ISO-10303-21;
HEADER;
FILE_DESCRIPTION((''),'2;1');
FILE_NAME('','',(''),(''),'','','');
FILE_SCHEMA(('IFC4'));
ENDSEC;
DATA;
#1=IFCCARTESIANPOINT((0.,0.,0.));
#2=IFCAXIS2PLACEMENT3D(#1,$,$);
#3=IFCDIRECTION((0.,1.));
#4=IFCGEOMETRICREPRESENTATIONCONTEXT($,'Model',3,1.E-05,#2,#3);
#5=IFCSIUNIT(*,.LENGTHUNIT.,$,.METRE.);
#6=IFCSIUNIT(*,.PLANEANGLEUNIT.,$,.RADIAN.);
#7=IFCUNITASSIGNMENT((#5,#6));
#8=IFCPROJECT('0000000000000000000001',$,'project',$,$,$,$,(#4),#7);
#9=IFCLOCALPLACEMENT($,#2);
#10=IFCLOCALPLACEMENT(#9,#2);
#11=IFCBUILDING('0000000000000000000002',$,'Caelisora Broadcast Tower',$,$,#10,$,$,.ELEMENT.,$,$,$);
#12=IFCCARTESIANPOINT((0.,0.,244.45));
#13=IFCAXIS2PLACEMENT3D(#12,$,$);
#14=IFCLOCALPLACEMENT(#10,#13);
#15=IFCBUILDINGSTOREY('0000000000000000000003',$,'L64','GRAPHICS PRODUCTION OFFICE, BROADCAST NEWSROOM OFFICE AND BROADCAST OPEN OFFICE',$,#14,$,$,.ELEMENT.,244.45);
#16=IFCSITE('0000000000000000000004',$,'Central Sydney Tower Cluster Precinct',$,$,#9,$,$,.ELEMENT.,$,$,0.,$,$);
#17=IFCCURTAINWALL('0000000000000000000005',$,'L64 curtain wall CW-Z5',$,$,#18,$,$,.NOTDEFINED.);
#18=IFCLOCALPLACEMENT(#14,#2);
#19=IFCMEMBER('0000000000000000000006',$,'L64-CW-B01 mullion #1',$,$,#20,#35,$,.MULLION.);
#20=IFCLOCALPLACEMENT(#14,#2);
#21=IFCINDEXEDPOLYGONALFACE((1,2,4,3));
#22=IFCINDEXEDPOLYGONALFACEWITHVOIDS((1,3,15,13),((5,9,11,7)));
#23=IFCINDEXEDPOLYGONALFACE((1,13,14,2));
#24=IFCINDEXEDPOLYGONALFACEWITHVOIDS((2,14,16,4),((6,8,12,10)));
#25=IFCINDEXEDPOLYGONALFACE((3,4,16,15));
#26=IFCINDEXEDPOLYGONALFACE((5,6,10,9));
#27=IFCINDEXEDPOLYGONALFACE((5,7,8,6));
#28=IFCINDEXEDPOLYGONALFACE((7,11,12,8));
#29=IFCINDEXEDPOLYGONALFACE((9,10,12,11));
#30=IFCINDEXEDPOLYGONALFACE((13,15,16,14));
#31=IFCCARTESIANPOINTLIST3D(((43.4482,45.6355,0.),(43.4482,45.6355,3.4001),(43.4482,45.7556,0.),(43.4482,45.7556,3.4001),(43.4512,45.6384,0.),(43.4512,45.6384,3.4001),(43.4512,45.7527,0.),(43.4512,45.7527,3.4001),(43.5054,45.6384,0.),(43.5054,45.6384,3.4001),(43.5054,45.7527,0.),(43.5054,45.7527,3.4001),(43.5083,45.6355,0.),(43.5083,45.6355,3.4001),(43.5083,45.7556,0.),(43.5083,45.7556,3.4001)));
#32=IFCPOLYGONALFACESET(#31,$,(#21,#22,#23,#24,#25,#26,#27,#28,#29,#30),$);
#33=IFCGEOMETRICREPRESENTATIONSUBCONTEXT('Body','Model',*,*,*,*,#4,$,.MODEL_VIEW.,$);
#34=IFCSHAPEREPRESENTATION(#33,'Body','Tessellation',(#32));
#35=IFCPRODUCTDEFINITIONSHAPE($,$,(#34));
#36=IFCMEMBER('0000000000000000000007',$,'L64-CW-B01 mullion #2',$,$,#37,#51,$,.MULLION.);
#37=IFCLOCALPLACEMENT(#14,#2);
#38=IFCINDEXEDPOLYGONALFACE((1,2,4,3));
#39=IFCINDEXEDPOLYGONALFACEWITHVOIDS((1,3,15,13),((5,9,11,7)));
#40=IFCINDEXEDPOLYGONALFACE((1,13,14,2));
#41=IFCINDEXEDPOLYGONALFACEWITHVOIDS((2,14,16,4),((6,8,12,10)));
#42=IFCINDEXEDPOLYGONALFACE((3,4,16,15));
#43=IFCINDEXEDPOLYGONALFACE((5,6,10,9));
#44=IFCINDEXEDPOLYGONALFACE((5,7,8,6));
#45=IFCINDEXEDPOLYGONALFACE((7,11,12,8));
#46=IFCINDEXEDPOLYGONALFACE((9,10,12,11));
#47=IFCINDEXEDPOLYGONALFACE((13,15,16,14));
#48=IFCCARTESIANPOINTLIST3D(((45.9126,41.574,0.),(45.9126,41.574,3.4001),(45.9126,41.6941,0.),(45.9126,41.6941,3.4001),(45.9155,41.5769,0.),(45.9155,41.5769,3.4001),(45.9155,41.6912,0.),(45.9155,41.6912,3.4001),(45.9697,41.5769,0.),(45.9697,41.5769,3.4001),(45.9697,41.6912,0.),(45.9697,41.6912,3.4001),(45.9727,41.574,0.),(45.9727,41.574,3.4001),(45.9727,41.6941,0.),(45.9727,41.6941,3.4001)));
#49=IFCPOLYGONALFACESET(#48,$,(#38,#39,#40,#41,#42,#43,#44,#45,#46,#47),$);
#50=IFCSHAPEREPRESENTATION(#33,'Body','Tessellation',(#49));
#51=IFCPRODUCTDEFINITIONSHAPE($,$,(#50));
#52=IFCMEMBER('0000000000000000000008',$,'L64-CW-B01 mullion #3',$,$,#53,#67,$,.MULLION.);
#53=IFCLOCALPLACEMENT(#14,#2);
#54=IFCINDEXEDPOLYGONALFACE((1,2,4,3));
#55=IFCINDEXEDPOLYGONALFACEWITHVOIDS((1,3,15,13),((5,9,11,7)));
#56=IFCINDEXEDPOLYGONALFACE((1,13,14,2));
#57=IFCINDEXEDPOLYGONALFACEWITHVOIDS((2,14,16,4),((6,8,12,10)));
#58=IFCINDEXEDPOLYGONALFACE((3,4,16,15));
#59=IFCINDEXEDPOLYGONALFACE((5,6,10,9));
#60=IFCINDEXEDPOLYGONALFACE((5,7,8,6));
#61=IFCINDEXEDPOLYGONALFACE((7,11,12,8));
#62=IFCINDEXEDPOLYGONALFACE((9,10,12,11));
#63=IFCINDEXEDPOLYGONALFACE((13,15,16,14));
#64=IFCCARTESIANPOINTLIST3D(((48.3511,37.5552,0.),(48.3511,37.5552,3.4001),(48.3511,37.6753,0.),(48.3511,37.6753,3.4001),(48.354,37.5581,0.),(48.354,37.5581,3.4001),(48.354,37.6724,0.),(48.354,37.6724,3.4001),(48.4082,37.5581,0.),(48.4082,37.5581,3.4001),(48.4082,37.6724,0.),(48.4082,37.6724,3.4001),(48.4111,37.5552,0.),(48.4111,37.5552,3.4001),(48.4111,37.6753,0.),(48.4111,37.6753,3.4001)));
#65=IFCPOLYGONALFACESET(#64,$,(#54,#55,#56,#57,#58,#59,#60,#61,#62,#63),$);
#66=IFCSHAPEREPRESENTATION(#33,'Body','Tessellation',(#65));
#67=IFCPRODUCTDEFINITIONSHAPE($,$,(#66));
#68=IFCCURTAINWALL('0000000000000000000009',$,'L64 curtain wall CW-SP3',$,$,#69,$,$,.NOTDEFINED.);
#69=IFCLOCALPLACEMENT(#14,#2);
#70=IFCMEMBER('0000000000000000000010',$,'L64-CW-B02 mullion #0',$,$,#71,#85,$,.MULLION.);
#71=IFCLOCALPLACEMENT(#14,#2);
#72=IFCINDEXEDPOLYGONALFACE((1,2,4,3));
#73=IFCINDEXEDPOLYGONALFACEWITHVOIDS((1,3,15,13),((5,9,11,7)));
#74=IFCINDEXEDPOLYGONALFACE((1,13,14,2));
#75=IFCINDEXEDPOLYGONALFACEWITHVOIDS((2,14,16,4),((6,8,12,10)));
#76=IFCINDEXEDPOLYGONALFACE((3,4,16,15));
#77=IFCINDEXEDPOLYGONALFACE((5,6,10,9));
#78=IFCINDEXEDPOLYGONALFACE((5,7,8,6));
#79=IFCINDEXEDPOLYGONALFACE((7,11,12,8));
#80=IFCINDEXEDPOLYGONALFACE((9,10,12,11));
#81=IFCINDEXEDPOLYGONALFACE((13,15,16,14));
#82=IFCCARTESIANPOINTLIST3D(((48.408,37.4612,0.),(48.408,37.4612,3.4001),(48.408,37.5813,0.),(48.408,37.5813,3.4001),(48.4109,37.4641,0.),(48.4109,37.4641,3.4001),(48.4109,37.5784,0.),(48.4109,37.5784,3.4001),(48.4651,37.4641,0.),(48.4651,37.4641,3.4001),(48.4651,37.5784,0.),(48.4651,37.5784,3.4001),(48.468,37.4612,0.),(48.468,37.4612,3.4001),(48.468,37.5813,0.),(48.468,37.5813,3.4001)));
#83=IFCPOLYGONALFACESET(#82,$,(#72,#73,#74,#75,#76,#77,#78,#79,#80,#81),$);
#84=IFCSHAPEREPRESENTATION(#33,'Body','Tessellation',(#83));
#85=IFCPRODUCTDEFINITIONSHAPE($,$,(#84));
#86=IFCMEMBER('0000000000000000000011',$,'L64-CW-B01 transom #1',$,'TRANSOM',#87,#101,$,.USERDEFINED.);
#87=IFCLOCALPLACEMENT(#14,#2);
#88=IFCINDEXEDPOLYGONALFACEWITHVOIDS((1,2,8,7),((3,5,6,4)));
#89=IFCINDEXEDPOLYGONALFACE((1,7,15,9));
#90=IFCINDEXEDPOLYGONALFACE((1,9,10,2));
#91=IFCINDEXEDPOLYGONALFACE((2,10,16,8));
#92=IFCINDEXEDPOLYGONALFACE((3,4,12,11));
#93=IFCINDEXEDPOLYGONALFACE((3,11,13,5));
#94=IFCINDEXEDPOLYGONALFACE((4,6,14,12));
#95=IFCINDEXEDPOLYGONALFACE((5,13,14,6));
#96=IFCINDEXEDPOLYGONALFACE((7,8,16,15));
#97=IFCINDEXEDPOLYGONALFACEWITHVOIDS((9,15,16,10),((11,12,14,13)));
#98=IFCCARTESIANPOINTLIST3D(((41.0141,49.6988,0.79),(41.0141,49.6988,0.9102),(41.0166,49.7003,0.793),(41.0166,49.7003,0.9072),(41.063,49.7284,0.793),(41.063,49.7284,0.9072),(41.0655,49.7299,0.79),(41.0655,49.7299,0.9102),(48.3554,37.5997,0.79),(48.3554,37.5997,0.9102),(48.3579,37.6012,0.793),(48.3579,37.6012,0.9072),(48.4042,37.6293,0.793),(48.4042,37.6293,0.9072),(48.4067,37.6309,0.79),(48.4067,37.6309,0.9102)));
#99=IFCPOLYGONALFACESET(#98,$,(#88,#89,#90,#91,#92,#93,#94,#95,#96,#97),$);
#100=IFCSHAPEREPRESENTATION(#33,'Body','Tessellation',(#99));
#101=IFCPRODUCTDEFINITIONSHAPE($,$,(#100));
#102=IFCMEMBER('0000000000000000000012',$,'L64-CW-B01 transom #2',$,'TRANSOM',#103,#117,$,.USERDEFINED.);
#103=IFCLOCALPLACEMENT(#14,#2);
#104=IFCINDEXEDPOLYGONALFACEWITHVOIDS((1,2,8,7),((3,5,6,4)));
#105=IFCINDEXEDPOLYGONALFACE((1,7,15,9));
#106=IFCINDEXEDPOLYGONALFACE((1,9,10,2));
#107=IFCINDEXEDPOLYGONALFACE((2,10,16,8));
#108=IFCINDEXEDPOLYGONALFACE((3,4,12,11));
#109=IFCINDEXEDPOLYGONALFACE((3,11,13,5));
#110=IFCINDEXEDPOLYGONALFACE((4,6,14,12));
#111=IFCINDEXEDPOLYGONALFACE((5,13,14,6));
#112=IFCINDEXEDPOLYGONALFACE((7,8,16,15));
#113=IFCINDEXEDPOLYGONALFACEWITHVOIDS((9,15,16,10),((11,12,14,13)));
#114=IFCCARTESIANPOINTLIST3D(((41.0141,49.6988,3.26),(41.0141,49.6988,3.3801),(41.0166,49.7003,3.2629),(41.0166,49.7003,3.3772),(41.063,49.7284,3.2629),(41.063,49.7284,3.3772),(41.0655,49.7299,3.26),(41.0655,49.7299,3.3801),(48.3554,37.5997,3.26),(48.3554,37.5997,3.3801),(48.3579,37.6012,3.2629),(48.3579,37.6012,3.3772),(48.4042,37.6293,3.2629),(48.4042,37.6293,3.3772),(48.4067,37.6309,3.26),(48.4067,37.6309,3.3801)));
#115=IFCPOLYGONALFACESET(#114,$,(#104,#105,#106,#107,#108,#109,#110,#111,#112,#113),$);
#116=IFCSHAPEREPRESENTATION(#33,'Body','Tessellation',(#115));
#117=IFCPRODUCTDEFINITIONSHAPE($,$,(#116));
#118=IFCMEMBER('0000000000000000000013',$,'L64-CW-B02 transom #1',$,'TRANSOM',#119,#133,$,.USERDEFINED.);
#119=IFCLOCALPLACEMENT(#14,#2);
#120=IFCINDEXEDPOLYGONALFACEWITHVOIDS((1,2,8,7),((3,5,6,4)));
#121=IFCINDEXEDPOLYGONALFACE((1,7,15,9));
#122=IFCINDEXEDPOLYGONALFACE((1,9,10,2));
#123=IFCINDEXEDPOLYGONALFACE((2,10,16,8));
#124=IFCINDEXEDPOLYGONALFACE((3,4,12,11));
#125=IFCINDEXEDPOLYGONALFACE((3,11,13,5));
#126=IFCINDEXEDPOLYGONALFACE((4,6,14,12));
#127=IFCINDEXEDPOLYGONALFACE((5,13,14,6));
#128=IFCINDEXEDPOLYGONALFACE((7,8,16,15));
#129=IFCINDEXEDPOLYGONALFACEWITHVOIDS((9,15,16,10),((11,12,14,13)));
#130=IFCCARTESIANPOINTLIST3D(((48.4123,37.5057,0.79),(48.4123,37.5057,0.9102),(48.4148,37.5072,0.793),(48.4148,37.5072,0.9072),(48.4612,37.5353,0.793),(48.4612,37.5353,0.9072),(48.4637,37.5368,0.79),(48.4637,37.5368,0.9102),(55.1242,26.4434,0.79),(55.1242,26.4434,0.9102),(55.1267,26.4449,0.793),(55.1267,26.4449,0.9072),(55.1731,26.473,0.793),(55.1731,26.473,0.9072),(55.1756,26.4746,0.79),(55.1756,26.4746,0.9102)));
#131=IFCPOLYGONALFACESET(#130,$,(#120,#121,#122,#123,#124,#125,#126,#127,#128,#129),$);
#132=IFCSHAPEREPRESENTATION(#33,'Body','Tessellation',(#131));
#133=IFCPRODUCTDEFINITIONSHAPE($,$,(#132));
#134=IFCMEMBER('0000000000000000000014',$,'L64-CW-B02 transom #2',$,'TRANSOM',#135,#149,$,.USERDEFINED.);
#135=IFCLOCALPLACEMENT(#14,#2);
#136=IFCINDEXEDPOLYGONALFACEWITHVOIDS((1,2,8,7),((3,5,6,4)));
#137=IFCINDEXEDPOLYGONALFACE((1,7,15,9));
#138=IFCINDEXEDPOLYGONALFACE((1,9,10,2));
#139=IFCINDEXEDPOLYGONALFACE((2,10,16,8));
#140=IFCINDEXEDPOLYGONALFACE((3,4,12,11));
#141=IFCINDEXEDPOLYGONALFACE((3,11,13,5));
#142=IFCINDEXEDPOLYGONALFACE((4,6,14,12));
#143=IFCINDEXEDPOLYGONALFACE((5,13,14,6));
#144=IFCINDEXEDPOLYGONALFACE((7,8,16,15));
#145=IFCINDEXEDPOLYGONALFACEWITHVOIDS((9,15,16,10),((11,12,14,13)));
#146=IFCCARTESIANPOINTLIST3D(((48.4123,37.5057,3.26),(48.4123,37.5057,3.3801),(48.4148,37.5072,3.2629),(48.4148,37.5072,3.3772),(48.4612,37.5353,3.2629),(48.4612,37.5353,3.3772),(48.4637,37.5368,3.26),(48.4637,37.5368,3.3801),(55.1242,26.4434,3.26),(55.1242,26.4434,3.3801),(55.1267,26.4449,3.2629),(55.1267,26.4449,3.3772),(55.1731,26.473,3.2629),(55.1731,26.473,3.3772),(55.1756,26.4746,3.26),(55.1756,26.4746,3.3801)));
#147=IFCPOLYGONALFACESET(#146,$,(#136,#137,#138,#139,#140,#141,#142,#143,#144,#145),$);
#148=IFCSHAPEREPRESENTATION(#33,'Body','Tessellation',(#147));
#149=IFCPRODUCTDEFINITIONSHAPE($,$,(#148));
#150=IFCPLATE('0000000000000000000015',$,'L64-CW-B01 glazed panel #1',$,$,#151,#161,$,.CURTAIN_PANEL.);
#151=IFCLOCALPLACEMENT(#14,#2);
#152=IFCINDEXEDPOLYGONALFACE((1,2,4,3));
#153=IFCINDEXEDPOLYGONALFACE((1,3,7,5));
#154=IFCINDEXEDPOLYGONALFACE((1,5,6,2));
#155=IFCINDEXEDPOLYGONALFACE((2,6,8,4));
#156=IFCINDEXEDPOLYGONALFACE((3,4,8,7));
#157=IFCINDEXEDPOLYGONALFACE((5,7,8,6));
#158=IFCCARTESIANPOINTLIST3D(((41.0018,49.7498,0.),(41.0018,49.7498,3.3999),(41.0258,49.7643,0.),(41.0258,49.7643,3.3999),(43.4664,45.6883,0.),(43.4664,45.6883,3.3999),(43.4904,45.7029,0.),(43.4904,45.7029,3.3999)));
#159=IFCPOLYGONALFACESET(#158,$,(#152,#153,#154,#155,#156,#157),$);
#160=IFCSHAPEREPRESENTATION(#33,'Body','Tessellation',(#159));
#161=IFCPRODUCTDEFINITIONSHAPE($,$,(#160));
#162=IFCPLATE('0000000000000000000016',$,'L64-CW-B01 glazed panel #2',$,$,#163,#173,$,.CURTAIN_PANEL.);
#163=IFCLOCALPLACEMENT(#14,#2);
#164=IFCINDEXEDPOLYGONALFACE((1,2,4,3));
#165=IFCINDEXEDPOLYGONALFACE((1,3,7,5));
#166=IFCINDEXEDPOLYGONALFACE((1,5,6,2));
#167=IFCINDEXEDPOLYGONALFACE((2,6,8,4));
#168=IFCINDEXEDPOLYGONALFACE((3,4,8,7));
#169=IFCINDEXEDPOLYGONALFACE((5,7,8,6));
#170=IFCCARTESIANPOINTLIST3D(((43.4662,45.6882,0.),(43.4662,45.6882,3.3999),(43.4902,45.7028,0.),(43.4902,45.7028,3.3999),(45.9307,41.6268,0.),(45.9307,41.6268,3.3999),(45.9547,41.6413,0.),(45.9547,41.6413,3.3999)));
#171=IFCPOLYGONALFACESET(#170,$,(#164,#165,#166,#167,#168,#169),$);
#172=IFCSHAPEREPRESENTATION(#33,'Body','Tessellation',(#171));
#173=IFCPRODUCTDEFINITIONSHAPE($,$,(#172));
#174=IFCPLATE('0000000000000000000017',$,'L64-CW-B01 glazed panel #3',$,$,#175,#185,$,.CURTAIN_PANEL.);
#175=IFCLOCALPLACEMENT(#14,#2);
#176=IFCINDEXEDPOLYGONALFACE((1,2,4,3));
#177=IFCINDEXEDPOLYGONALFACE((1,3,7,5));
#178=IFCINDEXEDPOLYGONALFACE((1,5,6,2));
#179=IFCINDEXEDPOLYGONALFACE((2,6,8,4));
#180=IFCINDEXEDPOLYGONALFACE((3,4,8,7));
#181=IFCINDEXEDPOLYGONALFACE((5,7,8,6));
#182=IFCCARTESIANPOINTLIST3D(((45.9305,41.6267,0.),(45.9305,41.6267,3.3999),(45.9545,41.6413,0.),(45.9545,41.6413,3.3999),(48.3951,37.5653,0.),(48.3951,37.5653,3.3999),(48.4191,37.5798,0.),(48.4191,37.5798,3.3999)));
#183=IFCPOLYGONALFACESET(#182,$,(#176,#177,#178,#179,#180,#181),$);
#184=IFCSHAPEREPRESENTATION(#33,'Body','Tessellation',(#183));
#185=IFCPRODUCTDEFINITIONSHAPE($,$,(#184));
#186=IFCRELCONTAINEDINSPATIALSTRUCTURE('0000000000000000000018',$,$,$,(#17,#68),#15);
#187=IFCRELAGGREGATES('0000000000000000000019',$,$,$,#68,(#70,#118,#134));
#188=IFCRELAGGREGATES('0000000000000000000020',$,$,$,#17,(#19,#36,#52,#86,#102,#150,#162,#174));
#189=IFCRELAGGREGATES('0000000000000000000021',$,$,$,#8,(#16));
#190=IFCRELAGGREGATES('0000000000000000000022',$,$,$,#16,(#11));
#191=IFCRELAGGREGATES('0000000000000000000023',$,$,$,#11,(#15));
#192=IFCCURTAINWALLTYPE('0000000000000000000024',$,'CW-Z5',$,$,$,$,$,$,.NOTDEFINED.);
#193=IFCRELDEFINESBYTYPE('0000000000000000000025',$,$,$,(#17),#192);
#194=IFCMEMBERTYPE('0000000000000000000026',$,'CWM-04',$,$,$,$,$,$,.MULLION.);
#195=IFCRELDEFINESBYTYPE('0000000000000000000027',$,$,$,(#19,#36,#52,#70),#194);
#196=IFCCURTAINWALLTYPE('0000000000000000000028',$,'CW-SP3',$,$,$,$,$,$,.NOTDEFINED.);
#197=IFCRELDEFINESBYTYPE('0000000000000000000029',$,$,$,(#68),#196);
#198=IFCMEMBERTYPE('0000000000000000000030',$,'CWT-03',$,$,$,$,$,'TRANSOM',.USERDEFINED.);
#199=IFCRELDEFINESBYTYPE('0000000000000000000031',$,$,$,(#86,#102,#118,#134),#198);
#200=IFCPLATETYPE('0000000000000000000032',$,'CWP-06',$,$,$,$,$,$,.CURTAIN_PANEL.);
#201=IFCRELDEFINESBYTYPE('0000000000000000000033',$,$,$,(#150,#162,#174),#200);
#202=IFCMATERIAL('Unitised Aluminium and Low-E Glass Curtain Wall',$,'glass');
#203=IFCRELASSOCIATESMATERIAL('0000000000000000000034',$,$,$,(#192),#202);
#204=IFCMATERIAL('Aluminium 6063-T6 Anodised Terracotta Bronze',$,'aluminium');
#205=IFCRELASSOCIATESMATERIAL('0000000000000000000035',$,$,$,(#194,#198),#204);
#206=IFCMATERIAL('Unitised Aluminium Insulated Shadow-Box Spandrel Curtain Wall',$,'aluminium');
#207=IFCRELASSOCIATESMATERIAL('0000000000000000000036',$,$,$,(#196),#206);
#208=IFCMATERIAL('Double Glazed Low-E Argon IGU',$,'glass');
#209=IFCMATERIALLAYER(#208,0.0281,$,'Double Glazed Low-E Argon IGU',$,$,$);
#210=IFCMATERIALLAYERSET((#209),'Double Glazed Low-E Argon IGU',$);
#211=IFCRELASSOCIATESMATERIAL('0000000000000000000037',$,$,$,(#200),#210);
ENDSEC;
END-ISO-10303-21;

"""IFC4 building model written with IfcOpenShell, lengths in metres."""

from ifc_helpers import new_model, si_unit, direction, frame, origin, origin_2d, place, context, subcontext, project, spatial, rectangle, hollow_rectangle, extrude, source, transform, mapped, material, layer, layer_set, material_profile, profile_set, type_object, type_shapes, element, aggregate, save


model = new_model("IFC4")

# Units and contexts
model_context = context("Model", 3, precision=1e-05, world=origin(), true_north=direction((0.0, 1.0)))
body_context = subcontext(model_context, "Body", "Model", "MODEL_VIEW")
ifc_project = project(units=[si_unit("LENGTHUNIT", "METRE"), si_unit("PLANEANGLEUNIT", "RADIAN")], contexts=[model_context])

# Site, building, storey
site_placement = place(None, origin())
site = spatial("IfcSite", under=ifc_project, at=site_placement, Name="Central Sydney Tower Cluster Precinct", CompositionType="ELEMENT", RefElevation=0.0)
building_placement = place(site_placement, origin())
building = spatial("IfcBuilding", under=site, at=building_placement, Name="Caelisora Broadcast Tower", CompositionType="ELEMENT")
storey_placement = place(building_placement, frame((0.0, 0.0, 244.45)))
storey = spatial("IfcBuildingStorey", under=building, at=storey_placement, Name="L64", Description="GRAPHICS PRODUCTION OFFICE, BROADCAST NEWSROOM OFFICE AND BROADCAST OPEN OFFICE", CompositionType="ELEMENT", Elevation=244.45)

# Curtain wall, members
ifc_material_1 = material(Name="Unitised Aluminium and Low-E Glass Curtain Wall", Category="glass")
curtain_wall_type_1 = type_object("IfcCurtainWallType", Name="CW-Z5", PredefinedType="NOTDEFINED", material=ifc_material_1)
curtain_wall_1_placement = place(storey_placement, origin())
curtain_wall_1 = element("IfcCurtainWall", 1, at=curtain_wall_1_placement, inside=storey, type_object=curtain_wall_type_1, Name="L64 curtain wall CW-Z5", PredefinedType="NOTDEFINED")
ifc_material_2 = material(Name="Aluminium 6063-T6 Anodised Terracotta Bronze", Category="aluminium")
ifc_material_profile_1 = material_profile(ifc_material_2, hollow_rectangle(XDim=0.0601, YDim=0.1201, WallThickness=0.0029, at=origin_2d()), Name="Aluminium 6063-T6 Anodised Terracotta Bronze")
ifc_profile_set_1 = profile_set([ifc_material_profile_1], Name="Aluminium 6063-T6 Anodised Terracotta Bronze")
member_type_1 = type_object("IfcMemberType", Name="CWM-04", PredefinedType="MULLION", material=ifc_profile_set_1)
shared_shape_1 = source(origin(), body_context, "Body", "SweptSolid", [
    extrude(hollow_rectangle(XDim=0.0601, YDim=0.1201, WallThickness=0.0029, at=origin_2d()), origin(), (0.0, 0.0, 1.0), 3.4001),
])
type_shapes(member_type_1, [shared_shape_1])
member_1_placement = place(storey_placement, frame((43.4783, 45.6956, 0.0), z_axis=(0.0, 0.0, 1.0), x_axis=(1.0, 0.0, 0.0)))
member_1 = element("IfcMember", 2, at=member_1_placement, type_object=member_type_1, Name="L64-CW-B01 mullion #1", PredefinedType="MULLION", context=body_context, shape_type="MappedRepresentation", body=[
    mapped(shared_shape_1, transform((0.0, 0.0, 0.0), scale=1.0)),
])
member_2_placement = place(storey_placement, frame((45.9426, 41.634, 0.0), z_axis=(0.0, 0.0, 1.0), x_axis=(1.0, 0.0, 0.0)))
member_2 = element("IfcMember", 3, at=member_2_placement, type_object=member_type_1, Name="L64-CW-B01 mullion #2", PredefinedType="MULLION", context=body_context, shape_type="MappedRepresentation", body=[
    mapped(shared_shape_1, transform((0.0, 0.0, 0.0), scale=1.0)),
])
member_3_placement = place(storey_placement, frame((48.3811, 37.6152, 0.0), z_axis=(0.0, 0.0, 1.0), x_axis=(1.0, 0.0, 0.0)))
member_3 = element("IfcMember", 4, at=member_3_placement, type_object=member_type_1, Name="L64-CW-B01 mullion #3", PredefinedType="MULLION", context=body_context, shape_type="MappedRepresentation", body=[
    mapped(shared_shape_1, transform((0.0, 0.0, 0.0), scale=1.0)),
])

# Curtain wall, member
ifc_material_3 = material(Name="Unitised Aluminium Insulated Shadow-Box Spandrel Curtain Wall", Category="aluminium")
curtain_wall_type_2 = type_object("IfcCurtainWallType", Name="CW-SP3", PredefinedType="NOTDEFINED", material=ifc_material_3)
curtain_wall_2_placement = place(storey_placement, origin())
curtain_wall_2 = element("IfcCurtainWall", 5, at=curtain_wall_2_placement, inside=storey, type_object=curtain_wall_type_2, Name="L64 curtain wall CW-SP3", PredefinedType="NOTDEFINED")
member_4_placement = place(storey_placement, frame((48.438, 37.5212, 0.0), z_axis=(0.0, 0.0, 1.0), x_axis=(1.0, 0.0, 0.0)))
member_4 = element("IfcMember", 6, at=member_4_placement, type_object=member_type_1, Name="L64-CW-B02 mullion #0", PredefinedType="MULLION", context=body_context, shape_type="MappedRepresentation", body=[
    mapped(shared_shape_1, transform((0.0, 0.0, 0.0), scale=1.0)),
])

# Members
ifc_material_profile_2 = material_profile(ifc_material_2, hollow_rectangle(XDim=0.0601, YDim=0.1201, WallThickness=0.0029, at=origin_2d()), Name="Aluminium 6063-T6 Anodised Terracotta Bronze")
ifc_profile_set_2 = profile_set([ifc_material_profile_2], Name="Aluminium 6063-T6 Anodised Terracotta Bronze")
member_type_2 = type_object("IfcMemberType", Name="CWT-03", ElementType="TRANSOM", PredefinedType="USERDEFINED", material=ifc_profile_set_2)
shared_shape_2 = source(origin(), body_context, "Body", "SweptSolid", [
    extrude(hollow_rectangle(XDim=0.0601, YDim=0.1201, WallThickness=0.0029, at=origin_2d()), origin(), (0.0, 0.0, 1.0), 14.1521),
])
member_5_placement = place(storey_placement, frame((41.0398, 49.7144, 0.8501), z_axis=(0.518741, -0.854931, 0.0), x_axis=(0.854931, 0.518741, 0.0)))
member_5 = element("IfcMember", 7, at=member_5_placement, type_object=member_type_2, Name="L64-CW-B01 transom #1", ObjectType="TRANSOM", PredefinedType="USERDEFINED", context=body_context, shape_type="MappedRepresentation", body=[
    mapped(shared_shape_2, transform((0.0, 0.0, 0.0), scale=1.0)),
])
member_6_placement = place(storey_placement, frame((41.0398, 49.7144, 3.3201), z_axis=(0.518741, -0.854931, 0.0), x_axis=(0.854931, 0.518741, 0.0)))
member_6 = element("IfcMember", 8, at=member_6_placement, type_object=member_type_2, Name="L64-CW-B01 transom #2", ObjectType="TRANSOM", PredefinedType="USERDEFINED", context=body_context, shape_type="MappedRepresentation", body=[
    mapped(shared_shape_2, transform((0.0, 0.0, 0.0), scale=1.0)),
])
shared_shape_3 = source(origin(), body_context, "Body", "SweptSolid", [
    extrude(hollow_rectangle(XDim=0.0601, YDim=0.1201, WallThickness=0.0029, at=origin_2d()), origin(), (0.0, 0.0, 1.0), 12.9392),
])
type_shapes(member_type_2, [shared_shape_2, shared_shape_3])
member_7_placement = place(storey_placement, frame((48.438, 37.5212, 0.8501), z_axis=(0.518727, -0.85494, 0.0), x_axis=(0.85494, 0.518727, 0.0)))
member_7 = element("IfcMember", 9, at=member_7_placement, type_object=member_type_2, Name="L64-CW-B02 transom #1", ObjectType="TRANSOM", PredefinedType="USERDEFINED", context=body_context, shape_type="MappedRepresentation", body=[
    mapped(shared_shape_3, transform((0.0, 0.0, 0.0), scale=1.0)),
])
member_8_placement = place(storey_placement, frame((48.438, 37.5212, 3.3201), z_axis=(0.518727, -0.85494, 0.0), x_axis=(0.85494, 0.518727, 0.0)))
member_8 = element("IfcMember", 10, at=member_8_placement, type_object=member_type_2, Name="L64-CW-B02 transom #2", ObjectType="TRANSOM", PredefinedType="USERDEFINED", context=body_context, shape_type="MappedRepresentation", body=[
    mapped(shared_shape_3, transform((0.0, 0.0, 0.0), scale=1.0)),
])
aggregate(curtain_wall_2, [member_4, member_7, member_8])

# Plates
ifc_material_4 = material(Name="Double Glazed Low-E Argon IGU", Category="glass")
ifc_layer_1 = layer(ifc_material_4, 0.0281, Name="Double Glazed Low-E Argon IGU")
ifc_layer_set_1 = layer_set([ifc_layer_1], Name="Double Glazed Low-E Argon IGU")
plate_type = type_object("IfcPlateType", Name="CWP-06", PredefinedType="CURTAIN_PANEL", material=ifc_layer_set_1)
shared_shape_4 = source(origin(), body_context, "Body", "SweptSolid", [
    extrude(rectangle(XDim=4.7507, YDim=0.0281, at=origin_2d()), origin(), (0.0, 0.0, 1.0), 3.3999),
])
type_shapes(plate_type, [shared_shape_4])
plate_1_placement = place(storey_placement, frame((42.2461, 47.7263, 0.0), z_axis=(0.0, 0.0, 1.0), x_axis=(0.518773, -0.854912, 0.0)))
plate_1 = element("IfcPlate", 11, at=plate_1_placement, type_object=plate_type, Name="L64-CW-B01 glazed panel #1", PredefinedType="CURTAIN_PANEL", context=body_context, shape_type="MappedRepresentation", body=[
    mapped(shared_shape_4, transform((0.0, 0.0, 0.0), scale=1.0)),
])
plate_2_placement = place(storey_placement, frame((44.7104, 43.6648, 0.0), z_axis=(0.0, 0.0, 1.0), x_axis=(0.518773, -0.854912, 0.0)))
plate_2 = element("IfcPlate", 12, at=plate_2_placement, type_object=plate_type, Name="L64-CW-B01 glazed panel #2", PredefinedType="CURTAIN_PANEL", context=body_context, shape_type="MappedRepresentation", body=[
    mapped(shared_shape_4, transform((0.0, 0.0, 0.0), scale=1.0)),
])
plate_3_placement = place(storey_placement, frame((47.1748, 39.6033, 0.0), z_axis=(0.0, 0.0, 1.0), x_axis=(0.518773, -0.854912, 0.0)))
plate_3 = element("IfcPlate", 13, at=plate_3_placement, type_object=plate_type, Name="L64-CW-B01 glazed panel #3", PredefinedType="CURTAIN_PANEL", context=body_context, shape_type="MappedRepresentation", body=[
    mapped(shared_shape_4, transform((0.0, 0.0, 0.0), scale=1.0)),
])
aggregate(curtain_wall_1, [member_1, member_2, member_3, member_5, member_6, plate_1, plate_2, plate_3])

save(model, "model.ifc")
